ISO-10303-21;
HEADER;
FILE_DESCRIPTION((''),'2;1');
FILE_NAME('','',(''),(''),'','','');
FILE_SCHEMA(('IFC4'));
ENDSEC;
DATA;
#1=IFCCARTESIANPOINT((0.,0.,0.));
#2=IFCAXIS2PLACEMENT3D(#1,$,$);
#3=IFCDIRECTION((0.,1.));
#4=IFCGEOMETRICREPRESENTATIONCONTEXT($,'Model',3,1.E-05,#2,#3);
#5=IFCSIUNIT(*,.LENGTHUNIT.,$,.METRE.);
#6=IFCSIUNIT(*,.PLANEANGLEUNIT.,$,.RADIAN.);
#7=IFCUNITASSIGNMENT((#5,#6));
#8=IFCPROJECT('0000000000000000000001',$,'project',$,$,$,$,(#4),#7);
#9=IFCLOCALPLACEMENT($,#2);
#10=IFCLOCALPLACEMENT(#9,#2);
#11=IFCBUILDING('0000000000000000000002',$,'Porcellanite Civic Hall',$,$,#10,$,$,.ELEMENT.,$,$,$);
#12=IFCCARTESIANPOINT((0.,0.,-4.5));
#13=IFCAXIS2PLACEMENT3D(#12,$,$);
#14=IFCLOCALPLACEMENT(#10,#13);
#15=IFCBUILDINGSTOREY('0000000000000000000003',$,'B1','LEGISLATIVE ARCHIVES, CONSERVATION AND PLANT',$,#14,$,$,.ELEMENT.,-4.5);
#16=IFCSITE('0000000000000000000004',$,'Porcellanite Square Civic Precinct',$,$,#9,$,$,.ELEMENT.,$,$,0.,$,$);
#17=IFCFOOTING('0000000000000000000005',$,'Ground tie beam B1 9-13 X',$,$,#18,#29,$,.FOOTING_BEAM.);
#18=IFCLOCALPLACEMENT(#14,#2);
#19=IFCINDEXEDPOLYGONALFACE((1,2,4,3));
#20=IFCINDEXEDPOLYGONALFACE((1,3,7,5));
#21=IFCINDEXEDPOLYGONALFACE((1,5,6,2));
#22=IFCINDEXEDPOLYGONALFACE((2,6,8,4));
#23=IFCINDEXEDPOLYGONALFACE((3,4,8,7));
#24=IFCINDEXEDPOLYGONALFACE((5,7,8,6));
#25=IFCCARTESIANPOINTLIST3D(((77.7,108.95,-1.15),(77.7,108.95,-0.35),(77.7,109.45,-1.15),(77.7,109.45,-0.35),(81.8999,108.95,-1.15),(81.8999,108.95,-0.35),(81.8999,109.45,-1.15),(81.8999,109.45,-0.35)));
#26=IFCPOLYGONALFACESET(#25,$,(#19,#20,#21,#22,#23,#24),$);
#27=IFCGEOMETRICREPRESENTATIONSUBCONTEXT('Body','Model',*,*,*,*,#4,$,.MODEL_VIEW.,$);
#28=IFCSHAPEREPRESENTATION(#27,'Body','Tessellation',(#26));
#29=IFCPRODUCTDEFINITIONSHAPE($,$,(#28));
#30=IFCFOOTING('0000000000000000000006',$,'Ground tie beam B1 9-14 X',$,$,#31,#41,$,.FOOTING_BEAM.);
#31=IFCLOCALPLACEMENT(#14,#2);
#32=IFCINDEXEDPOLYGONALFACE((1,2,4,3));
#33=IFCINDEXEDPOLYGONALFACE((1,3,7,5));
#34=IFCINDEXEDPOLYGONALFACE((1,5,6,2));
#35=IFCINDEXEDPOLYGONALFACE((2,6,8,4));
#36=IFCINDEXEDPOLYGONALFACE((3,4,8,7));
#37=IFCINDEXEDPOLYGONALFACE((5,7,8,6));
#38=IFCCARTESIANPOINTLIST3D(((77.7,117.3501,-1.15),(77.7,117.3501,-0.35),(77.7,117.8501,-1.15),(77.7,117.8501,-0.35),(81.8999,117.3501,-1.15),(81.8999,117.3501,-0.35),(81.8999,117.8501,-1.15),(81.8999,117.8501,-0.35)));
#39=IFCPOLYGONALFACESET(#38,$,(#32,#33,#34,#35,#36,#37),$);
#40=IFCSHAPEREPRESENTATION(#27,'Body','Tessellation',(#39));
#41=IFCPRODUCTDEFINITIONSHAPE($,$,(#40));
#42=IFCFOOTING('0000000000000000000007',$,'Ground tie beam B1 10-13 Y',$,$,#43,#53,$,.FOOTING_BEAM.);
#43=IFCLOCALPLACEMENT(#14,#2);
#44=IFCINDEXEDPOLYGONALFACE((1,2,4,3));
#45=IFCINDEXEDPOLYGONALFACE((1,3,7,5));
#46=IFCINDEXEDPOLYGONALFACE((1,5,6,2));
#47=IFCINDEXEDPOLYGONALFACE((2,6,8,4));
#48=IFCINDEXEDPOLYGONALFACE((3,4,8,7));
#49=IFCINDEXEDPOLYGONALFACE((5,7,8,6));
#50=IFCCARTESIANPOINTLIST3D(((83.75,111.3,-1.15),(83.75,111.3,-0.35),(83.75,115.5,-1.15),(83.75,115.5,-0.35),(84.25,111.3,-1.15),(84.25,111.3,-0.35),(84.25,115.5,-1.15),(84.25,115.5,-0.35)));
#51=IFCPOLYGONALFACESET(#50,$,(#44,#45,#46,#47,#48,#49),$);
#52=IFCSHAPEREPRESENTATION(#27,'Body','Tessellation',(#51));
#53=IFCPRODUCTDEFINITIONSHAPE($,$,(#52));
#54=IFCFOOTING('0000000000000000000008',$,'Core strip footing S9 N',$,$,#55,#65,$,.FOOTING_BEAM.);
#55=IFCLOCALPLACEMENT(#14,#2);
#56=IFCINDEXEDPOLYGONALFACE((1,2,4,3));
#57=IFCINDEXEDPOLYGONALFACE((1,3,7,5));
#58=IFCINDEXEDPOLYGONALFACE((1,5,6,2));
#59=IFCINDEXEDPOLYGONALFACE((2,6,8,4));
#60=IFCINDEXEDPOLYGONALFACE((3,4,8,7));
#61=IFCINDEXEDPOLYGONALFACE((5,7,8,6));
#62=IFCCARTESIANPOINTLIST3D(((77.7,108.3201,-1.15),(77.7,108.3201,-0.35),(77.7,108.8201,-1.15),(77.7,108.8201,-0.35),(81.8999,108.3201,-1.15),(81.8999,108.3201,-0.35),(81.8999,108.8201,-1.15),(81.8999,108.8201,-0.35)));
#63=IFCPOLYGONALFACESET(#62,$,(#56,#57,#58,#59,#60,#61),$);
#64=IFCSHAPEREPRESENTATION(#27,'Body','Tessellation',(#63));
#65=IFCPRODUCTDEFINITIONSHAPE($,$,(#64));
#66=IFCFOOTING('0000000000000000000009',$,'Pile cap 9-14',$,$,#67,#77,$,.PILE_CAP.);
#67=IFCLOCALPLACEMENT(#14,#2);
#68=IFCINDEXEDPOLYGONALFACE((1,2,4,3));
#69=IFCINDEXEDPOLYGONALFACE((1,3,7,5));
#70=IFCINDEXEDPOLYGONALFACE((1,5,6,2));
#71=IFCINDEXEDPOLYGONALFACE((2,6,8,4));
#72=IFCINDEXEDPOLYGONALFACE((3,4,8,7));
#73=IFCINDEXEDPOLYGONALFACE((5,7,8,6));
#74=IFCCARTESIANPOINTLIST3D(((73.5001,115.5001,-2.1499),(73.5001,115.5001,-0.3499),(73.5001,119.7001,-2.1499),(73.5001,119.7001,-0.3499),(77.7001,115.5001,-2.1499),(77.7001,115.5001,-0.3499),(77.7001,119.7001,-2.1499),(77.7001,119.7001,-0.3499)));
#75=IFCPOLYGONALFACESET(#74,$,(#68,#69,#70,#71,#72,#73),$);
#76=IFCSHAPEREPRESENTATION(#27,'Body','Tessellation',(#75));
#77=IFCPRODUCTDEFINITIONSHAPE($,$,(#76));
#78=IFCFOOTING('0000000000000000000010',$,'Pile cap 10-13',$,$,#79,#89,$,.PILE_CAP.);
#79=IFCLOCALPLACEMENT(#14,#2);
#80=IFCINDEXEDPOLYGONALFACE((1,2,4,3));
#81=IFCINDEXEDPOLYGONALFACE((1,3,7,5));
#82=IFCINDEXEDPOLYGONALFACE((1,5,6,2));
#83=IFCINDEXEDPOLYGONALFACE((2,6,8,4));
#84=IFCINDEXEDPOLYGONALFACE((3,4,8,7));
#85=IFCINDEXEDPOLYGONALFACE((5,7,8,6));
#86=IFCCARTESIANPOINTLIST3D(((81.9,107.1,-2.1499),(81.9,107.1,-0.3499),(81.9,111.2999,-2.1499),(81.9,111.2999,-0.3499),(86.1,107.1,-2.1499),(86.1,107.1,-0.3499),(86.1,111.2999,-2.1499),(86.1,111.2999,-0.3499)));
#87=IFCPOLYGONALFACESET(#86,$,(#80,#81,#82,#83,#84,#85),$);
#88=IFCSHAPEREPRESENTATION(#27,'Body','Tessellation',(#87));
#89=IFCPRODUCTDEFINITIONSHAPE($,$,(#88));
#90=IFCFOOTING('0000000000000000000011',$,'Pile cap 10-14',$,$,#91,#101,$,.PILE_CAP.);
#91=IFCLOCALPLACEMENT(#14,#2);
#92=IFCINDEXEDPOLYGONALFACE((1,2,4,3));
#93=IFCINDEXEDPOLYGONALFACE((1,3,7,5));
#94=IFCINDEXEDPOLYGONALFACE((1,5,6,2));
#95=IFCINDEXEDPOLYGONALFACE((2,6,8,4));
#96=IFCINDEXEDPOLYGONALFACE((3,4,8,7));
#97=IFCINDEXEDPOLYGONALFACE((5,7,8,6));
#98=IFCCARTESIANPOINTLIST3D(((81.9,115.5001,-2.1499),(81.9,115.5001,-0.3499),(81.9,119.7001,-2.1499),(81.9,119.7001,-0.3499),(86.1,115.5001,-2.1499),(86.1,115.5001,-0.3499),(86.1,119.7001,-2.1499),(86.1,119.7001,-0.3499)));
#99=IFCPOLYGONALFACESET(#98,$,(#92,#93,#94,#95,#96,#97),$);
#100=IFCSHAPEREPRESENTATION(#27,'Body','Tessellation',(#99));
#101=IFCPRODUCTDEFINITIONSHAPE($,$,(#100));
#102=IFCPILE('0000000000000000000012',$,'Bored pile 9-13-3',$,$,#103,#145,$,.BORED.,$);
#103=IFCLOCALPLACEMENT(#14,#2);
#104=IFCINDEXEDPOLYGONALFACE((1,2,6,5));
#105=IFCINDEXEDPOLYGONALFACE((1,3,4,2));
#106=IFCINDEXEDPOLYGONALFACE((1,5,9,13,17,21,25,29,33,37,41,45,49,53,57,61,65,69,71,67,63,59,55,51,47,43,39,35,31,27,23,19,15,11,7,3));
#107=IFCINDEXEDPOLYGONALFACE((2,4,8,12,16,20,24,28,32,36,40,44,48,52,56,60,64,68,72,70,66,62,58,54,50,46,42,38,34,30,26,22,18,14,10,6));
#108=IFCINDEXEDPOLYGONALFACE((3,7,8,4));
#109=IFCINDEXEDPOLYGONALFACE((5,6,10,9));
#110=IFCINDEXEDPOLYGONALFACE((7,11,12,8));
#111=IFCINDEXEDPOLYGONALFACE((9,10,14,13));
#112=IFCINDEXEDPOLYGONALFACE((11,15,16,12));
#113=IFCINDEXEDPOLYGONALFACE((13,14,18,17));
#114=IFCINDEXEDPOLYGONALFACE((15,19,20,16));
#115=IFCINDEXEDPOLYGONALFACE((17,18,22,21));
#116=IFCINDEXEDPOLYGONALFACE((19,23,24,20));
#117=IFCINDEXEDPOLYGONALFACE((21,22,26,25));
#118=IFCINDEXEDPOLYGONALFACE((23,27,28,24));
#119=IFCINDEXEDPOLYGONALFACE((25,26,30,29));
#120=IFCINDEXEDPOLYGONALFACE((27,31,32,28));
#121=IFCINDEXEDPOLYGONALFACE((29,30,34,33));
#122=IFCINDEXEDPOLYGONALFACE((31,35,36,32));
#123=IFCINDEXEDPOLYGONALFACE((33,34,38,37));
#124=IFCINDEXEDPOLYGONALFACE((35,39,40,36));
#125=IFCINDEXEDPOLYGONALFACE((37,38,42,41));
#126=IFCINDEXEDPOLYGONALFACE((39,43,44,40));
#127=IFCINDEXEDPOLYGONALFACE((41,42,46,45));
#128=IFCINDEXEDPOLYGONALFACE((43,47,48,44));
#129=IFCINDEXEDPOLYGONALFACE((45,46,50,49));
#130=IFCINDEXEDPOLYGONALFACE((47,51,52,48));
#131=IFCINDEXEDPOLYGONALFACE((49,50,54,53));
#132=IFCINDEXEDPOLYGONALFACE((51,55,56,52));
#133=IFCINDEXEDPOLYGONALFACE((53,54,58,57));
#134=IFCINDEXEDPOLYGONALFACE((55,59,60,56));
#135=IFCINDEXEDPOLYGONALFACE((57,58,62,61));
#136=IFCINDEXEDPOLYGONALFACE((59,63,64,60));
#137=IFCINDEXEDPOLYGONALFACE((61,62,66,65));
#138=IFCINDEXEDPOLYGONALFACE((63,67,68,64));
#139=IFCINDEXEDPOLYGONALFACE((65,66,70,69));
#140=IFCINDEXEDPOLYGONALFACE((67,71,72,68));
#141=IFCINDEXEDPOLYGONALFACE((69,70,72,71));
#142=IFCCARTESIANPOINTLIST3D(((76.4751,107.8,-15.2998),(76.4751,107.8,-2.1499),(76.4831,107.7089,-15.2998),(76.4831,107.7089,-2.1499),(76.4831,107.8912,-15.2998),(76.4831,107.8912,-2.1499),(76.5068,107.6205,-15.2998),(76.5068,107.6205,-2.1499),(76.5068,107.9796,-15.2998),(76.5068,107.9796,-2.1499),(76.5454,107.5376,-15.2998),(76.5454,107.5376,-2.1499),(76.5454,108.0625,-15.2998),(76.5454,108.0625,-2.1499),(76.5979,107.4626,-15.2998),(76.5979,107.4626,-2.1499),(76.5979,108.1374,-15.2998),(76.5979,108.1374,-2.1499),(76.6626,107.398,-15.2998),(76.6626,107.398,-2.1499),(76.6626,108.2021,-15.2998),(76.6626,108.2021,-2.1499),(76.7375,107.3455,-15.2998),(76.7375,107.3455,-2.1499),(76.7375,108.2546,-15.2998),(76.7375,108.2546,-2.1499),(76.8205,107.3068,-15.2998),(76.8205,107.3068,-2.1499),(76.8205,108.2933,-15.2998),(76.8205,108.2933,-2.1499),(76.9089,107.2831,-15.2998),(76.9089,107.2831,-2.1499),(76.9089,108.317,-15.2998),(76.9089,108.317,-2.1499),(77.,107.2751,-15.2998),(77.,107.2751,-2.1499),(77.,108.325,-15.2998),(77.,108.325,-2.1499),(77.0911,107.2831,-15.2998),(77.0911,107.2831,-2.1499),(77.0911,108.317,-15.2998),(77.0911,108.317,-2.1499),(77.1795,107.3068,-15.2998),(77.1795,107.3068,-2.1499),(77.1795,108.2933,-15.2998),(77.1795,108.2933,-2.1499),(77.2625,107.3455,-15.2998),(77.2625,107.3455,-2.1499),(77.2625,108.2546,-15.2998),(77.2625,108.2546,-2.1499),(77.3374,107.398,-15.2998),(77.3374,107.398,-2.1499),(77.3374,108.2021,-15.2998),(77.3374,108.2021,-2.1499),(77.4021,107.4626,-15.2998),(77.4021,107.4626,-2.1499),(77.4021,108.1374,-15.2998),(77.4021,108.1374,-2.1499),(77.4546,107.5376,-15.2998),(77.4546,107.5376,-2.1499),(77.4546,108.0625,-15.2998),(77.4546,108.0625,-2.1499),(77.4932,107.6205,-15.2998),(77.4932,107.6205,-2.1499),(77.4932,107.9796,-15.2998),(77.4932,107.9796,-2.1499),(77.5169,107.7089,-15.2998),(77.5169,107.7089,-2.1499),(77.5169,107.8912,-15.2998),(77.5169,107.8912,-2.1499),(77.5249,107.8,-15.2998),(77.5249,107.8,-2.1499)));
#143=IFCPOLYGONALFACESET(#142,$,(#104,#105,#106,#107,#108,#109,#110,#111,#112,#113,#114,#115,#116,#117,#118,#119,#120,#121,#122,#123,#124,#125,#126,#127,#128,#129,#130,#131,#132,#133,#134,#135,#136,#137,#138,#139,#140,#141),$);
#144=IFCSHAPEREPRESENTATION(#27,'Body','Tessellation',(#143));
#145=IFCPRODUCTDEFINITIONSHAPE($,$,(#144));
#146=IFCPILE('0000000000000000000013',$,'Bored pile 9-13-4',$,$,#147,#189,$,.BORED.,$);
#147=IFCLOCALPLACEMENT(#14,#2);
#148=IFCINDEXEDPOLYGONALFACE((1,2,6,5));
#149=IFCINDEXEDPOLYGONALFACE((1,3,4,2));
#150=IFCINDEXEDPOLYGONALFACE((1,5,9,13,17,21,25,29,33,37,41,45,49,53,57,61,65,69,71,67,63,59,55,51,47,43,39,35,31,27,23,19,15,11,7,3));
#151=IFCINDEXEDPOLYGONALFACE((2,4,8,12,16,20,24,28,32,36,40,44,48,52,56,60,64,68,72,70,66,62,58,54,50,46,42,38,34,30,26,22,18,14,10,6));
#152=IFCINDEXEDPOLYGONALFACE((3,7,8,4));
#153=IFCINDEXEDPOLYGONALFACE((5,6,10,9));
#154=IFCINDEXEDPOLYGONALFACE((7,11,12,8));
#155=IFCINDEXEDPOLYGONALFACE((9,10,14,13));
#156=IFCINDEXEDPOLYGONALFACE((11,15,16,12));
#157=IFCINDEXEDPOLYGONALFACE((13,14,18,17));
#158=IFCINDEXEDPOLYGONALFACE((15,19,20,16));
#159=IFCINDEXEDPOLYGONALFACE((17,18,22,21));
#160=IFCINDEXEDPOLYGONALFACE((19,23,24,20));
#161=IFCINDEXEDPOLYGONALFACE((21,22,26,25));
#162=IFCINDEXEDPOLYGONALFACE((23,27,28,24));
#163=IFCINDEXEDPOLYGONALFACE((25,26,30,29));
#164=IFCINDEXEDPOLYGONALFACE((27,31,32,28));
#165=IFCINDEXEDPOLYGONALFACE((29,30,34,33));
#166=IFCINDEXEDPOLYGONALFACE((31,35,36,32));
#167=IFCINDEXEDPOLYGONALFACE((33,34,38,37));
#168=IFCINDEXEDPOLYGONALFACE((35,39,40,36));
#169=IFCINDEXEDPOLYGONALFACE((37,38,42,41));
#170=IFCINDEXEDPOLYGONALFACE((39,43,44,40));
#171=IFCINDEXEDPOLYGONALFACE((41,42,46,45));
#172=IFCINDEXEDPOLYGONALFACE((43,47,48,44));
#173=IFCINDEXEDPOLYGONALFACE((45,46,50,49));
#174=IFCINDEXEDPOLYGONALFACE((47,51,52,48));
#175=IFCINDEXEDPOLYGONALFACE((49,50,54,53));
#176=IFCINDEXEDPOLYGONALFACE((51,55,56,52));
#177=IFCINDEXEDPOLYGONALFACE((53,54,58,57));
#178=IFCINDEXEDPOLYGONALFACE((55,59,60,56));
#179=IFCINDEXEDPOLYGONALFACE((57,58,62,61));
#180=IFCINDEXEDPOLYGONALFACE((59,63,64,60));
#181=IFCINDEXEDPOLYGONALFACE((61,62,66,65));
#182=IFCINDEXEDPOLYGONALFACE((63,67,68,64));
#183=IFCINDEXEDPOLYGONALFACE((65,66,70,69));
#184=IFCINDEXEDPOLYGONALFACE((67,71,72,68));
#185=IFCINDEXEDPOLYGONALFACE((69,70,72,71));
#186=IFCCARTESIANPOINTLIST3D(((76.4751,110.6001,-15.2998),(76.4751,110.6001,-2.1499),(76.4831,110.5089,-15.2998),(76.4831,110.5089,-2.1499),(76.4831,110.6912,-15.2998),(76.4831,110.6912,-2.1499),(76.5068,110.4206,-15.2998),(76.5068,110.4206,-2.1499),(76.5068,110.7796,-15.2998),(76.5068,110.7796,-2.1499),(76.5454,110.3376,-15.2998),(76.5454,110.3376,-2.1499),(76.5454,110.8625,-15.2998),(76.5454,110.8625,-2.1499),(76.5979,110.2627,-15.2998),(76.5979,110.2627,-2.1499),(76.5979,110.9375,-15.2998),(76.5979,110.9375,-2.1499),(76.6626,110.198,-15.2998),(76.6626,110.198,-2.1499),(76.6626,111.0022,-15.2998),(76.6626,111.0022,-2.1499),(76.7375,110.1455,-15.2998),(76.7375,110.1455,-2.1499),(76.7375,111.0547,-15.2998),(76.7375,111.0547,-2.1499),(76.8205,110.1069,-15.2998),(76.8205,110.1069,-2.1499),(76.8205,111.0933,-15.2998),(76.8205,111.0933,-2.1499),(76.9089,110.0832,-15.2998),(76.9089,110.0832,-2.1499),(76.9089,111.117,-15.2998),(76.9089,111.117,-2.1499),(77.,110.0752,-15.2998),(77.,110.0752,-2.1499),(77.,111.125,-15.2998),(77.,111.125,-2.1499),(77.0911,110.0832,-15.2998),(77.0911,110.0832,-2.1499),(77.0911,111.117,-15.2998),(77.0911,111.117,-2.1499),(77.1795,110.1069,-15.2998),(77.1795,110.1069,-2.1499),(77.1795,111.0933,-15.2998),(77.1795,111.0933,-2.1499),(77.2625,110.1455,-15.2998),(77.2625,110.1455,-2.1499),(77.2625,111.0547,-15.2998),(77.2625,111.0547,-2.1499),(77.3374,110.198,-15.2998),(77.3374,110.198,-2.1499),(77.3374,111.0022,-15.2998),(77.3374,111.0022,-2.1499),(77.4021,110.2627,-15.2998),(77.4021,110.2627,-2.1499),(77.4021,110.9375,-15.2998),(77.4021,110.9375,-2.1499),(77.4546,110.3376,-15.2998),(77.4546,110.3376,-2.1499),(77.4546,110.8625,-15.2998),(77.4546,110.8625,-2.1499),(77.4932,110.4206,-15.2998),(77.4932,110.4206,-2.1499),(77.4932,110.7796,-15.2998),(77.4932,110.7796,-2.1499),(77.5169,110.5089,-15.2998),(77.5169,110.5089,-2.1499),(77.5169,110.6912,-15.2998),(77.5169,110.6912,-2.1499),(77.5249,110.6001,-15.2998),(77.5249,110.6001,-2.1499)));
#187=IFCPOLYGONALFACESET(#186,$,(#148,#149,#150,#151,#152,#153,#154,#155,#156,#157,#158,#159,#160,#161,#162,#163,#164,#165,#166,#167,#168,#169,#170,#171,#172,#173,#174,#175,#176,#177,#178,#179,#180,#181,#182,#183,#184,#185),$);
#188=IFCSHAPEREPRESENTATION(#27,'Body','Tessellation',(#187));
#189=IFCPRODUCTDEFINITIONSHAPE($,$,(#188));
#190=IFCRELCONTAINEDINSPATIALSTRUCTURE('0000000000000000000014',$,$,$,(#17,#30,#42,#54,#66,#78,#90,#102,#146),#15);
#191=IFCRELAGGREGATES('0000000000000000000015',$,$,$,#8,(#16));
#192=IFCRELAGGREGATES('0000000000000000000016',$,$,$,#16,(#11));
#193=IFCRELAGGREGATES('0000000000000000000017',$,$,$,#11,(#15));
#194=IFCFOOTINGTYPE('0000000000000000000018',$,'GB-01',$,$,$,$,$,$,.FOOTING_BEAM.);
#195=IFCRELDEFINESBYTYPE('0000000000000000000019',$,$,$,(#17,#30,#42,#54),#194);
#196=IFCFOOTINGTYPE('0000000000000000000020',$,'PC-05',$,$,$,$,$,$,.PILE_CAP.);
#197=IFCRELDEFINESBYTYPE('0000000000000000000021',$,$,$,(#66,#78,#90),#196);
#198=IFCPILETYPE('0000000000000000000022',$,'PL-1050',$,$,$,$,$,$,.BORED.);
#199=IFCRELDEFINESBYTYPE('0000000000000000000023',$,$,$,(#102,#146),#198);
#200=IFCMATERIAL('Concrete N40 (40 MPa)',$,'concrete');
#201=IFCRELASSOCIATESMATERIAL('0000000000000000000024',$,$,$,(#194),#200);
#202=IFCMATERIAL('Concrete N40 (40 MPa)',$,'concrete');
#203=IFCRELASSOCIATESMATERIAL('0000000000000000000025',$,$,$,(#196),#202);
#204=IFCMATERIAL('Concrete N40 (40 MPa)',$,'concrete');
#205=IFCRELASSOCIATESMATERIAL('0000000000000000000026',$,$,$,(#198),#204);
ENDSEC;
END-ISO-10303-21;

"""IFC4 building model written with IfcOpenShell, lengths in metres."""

from ifc_helpers import new_model, si_unit, direction, frame, origin, origin_2d, place, context, subcontext, project, spatial, rectangle, circle, extrude, material, material_profile, profile_set, type_object, element, save


model = new_model("IFC4")

# Units and contexts
model_context = context("Model", 3, precision=1e-05, world=origin(), true_north=direction((0.0, 1.0)))
body_context = subcontext(model_context, "Body", "Model", "MODEL_VIEW")
ifc_project = project(units=[si_unit("LENGTHUNIT", "METRE"), si_unit("PLANEANGLEUNIT", "RADIAN")], contexts=[model_context])

# Site, building, storey
site_placement = place(None, origin())
site = spatial("IfcSite", under=ifc_project, at=site_placement, Name="Porcellanite Square Civic Precinct", CompositionType="ELEMENT", RefElevation=0.0)
building_placement = place(site_placement, origin())
building = spatial("IfcBuilding", under=site, at=building_placement, Name="Porcellanite Civic Hall", CompositionType="ELEMENT")
storey_placement = place(building_placement, frame((0.0, 0.0, -4.5)))
storey = spatial("IfcBuildingStorey", under=building, at=storey_placement, Name="B1", Description="LEGISLATIVE ARCHIVES, CONSERVATION AND PLANT", CompositionType="ELEMENT", Elevation=-4.5)

# Footings
ifc_material_1 = material(Name="Concrete N40 (40 MPa)", Category="concrete")
ifc_material_profile_1 = material_profile(ifc_material_1, rectangle(XDim=0.5, YDim=0.8, at=origin_2d()), Name="RC-500x800")
ifc_profile_set_1 = profile_set([ifc_material_profile_1], Name="Concrete N40 (40 MPa)")
footing_type_1 = type_object("IfcFootingType", Name="GB-01", PredefinedType="FOOTING_BEAM", material=ifc_profile_set_1)
for number, where, z_axis, x_axis, name in (
    (1, (77.7, 109.2, -0.75), (1.0, 0.0, 0.0), (0.0, 1.0, 0.0), "Ground tie beam B1 9-13 X"),
    (2, (77.7, 117.6001, -0.75), (1.0, 0.0, 0.0), (0.0, 1.0, 0.0), "Ground tie beam B1 9-14 X"),
    (3, (84.0, 111.3, -0.75), (0.0, 1.0, 0.0), (-1.0, 0.0, 0.0), "Ground tie beam B1 10-13 Y"),
    (4, (77.7, 108.5701, -0.75), (1.0, 0.0, 0.0), (0.0, 1.0, 0.0), "Core strip footing S9 N"),
):
    element("IfcFooting", number, at=place(storey_placement, frame(where, z_axis=z_axis, x_axis=x_axis)), inside=storey, type_object=footing_type_1, Name=name, PredefinedType="FOOTING_BEAM", context=body_context, shape_type="SweptSolid", body=[
        extrude(rectangle(XDim=0.5, YDim=0.8, at=origin_2d()), origin(), (0.0, 0.0, 1.0), 4.2),
    ])
ifc_material_2 = material(Name="Concrete N40 (40 MPa)", Category="concrete")
footing_type_2 = type_object("IfcFootingType", Name="PC-05", PredefinedType="PILE_CAP", material=ifc_material_2)
for number, where, z_axis, x_axis, name in (
    (5, (75.6001, 117.6001, -2.1499), (0.0, 0.0, 1.0), (1.0, 0.0, 0.0), "Pile cap 9-14"),
    (6, (84.0, 109.2, -2.1499), (0.0, 0.0, 1.0), (1.0, 0.0, 0.0), "Pile cap 10-13"),
    (7, (84.0, 117.6001, -2.1499), (0.0, 0.0, 1.0), (1.0, 0.0, 0.0), "Pile cap 10-14"),
):
    element("IfcFooting", number, at=place(storey_placement, frame(where, z_axis=z_axis, x_axis=x_axis)), inside=storey, type_object=footing_type_2, Name=name, PredefinedType="PILE_CAP", context=body_context, shape_type="SweptSolid", body=[
        extrude(rectangle(XDim=4.2, YDim=4.2, at=origin_2d()), origin(), (0.0, 0.0, 1.0), 1.8),
    ])

# Piles
ifc_material_3 = material(Name="Concrete N40 (40 MPa)", Category="concrete")
ifc_material_profile_2 = material_profile(ifc_material_3, circle(Radius=0.5249, at=origin_2d()), Name="PILE-D1050")
ifc_profile_set_2 = profile_set([ifc_material_profile_2], Name="Concrete N40 (40 MPa)")
pile_type = type_object("IfcPileType", Name="PL-1050", PredefinedType="BORED", material=ifc_profile_set_2)
for number, where, z_axis, x_axis, name in (
    (8, (77.0, 107.8, -2.1499), (0.0, 0.0, -1.0), (1.0, 0.0, 0.0), "Bored pile 9-13-3"),
    (9, (77.0, 110.6001, -2.1499), (0.0, 0.0, -1.0), (1.0, 0.0, 0.0), "Bored pile 9-13-4"),
):
    element("IfcPile", number, at=place(storey_placement, frame(where, z_axis=z_axis, x_axis=x_axis)), inside=storey, type_object=pile_type, Name=name, PredefinedType="BORED", context=body_context, shape_type="SweptSolid", body=[
        extrude(circle(Radius=0.5249, at=origin_2d()), origin(), (0.0, 0.0, 1.0), 13.1499),
    ])

save(model, "model.ifc")
